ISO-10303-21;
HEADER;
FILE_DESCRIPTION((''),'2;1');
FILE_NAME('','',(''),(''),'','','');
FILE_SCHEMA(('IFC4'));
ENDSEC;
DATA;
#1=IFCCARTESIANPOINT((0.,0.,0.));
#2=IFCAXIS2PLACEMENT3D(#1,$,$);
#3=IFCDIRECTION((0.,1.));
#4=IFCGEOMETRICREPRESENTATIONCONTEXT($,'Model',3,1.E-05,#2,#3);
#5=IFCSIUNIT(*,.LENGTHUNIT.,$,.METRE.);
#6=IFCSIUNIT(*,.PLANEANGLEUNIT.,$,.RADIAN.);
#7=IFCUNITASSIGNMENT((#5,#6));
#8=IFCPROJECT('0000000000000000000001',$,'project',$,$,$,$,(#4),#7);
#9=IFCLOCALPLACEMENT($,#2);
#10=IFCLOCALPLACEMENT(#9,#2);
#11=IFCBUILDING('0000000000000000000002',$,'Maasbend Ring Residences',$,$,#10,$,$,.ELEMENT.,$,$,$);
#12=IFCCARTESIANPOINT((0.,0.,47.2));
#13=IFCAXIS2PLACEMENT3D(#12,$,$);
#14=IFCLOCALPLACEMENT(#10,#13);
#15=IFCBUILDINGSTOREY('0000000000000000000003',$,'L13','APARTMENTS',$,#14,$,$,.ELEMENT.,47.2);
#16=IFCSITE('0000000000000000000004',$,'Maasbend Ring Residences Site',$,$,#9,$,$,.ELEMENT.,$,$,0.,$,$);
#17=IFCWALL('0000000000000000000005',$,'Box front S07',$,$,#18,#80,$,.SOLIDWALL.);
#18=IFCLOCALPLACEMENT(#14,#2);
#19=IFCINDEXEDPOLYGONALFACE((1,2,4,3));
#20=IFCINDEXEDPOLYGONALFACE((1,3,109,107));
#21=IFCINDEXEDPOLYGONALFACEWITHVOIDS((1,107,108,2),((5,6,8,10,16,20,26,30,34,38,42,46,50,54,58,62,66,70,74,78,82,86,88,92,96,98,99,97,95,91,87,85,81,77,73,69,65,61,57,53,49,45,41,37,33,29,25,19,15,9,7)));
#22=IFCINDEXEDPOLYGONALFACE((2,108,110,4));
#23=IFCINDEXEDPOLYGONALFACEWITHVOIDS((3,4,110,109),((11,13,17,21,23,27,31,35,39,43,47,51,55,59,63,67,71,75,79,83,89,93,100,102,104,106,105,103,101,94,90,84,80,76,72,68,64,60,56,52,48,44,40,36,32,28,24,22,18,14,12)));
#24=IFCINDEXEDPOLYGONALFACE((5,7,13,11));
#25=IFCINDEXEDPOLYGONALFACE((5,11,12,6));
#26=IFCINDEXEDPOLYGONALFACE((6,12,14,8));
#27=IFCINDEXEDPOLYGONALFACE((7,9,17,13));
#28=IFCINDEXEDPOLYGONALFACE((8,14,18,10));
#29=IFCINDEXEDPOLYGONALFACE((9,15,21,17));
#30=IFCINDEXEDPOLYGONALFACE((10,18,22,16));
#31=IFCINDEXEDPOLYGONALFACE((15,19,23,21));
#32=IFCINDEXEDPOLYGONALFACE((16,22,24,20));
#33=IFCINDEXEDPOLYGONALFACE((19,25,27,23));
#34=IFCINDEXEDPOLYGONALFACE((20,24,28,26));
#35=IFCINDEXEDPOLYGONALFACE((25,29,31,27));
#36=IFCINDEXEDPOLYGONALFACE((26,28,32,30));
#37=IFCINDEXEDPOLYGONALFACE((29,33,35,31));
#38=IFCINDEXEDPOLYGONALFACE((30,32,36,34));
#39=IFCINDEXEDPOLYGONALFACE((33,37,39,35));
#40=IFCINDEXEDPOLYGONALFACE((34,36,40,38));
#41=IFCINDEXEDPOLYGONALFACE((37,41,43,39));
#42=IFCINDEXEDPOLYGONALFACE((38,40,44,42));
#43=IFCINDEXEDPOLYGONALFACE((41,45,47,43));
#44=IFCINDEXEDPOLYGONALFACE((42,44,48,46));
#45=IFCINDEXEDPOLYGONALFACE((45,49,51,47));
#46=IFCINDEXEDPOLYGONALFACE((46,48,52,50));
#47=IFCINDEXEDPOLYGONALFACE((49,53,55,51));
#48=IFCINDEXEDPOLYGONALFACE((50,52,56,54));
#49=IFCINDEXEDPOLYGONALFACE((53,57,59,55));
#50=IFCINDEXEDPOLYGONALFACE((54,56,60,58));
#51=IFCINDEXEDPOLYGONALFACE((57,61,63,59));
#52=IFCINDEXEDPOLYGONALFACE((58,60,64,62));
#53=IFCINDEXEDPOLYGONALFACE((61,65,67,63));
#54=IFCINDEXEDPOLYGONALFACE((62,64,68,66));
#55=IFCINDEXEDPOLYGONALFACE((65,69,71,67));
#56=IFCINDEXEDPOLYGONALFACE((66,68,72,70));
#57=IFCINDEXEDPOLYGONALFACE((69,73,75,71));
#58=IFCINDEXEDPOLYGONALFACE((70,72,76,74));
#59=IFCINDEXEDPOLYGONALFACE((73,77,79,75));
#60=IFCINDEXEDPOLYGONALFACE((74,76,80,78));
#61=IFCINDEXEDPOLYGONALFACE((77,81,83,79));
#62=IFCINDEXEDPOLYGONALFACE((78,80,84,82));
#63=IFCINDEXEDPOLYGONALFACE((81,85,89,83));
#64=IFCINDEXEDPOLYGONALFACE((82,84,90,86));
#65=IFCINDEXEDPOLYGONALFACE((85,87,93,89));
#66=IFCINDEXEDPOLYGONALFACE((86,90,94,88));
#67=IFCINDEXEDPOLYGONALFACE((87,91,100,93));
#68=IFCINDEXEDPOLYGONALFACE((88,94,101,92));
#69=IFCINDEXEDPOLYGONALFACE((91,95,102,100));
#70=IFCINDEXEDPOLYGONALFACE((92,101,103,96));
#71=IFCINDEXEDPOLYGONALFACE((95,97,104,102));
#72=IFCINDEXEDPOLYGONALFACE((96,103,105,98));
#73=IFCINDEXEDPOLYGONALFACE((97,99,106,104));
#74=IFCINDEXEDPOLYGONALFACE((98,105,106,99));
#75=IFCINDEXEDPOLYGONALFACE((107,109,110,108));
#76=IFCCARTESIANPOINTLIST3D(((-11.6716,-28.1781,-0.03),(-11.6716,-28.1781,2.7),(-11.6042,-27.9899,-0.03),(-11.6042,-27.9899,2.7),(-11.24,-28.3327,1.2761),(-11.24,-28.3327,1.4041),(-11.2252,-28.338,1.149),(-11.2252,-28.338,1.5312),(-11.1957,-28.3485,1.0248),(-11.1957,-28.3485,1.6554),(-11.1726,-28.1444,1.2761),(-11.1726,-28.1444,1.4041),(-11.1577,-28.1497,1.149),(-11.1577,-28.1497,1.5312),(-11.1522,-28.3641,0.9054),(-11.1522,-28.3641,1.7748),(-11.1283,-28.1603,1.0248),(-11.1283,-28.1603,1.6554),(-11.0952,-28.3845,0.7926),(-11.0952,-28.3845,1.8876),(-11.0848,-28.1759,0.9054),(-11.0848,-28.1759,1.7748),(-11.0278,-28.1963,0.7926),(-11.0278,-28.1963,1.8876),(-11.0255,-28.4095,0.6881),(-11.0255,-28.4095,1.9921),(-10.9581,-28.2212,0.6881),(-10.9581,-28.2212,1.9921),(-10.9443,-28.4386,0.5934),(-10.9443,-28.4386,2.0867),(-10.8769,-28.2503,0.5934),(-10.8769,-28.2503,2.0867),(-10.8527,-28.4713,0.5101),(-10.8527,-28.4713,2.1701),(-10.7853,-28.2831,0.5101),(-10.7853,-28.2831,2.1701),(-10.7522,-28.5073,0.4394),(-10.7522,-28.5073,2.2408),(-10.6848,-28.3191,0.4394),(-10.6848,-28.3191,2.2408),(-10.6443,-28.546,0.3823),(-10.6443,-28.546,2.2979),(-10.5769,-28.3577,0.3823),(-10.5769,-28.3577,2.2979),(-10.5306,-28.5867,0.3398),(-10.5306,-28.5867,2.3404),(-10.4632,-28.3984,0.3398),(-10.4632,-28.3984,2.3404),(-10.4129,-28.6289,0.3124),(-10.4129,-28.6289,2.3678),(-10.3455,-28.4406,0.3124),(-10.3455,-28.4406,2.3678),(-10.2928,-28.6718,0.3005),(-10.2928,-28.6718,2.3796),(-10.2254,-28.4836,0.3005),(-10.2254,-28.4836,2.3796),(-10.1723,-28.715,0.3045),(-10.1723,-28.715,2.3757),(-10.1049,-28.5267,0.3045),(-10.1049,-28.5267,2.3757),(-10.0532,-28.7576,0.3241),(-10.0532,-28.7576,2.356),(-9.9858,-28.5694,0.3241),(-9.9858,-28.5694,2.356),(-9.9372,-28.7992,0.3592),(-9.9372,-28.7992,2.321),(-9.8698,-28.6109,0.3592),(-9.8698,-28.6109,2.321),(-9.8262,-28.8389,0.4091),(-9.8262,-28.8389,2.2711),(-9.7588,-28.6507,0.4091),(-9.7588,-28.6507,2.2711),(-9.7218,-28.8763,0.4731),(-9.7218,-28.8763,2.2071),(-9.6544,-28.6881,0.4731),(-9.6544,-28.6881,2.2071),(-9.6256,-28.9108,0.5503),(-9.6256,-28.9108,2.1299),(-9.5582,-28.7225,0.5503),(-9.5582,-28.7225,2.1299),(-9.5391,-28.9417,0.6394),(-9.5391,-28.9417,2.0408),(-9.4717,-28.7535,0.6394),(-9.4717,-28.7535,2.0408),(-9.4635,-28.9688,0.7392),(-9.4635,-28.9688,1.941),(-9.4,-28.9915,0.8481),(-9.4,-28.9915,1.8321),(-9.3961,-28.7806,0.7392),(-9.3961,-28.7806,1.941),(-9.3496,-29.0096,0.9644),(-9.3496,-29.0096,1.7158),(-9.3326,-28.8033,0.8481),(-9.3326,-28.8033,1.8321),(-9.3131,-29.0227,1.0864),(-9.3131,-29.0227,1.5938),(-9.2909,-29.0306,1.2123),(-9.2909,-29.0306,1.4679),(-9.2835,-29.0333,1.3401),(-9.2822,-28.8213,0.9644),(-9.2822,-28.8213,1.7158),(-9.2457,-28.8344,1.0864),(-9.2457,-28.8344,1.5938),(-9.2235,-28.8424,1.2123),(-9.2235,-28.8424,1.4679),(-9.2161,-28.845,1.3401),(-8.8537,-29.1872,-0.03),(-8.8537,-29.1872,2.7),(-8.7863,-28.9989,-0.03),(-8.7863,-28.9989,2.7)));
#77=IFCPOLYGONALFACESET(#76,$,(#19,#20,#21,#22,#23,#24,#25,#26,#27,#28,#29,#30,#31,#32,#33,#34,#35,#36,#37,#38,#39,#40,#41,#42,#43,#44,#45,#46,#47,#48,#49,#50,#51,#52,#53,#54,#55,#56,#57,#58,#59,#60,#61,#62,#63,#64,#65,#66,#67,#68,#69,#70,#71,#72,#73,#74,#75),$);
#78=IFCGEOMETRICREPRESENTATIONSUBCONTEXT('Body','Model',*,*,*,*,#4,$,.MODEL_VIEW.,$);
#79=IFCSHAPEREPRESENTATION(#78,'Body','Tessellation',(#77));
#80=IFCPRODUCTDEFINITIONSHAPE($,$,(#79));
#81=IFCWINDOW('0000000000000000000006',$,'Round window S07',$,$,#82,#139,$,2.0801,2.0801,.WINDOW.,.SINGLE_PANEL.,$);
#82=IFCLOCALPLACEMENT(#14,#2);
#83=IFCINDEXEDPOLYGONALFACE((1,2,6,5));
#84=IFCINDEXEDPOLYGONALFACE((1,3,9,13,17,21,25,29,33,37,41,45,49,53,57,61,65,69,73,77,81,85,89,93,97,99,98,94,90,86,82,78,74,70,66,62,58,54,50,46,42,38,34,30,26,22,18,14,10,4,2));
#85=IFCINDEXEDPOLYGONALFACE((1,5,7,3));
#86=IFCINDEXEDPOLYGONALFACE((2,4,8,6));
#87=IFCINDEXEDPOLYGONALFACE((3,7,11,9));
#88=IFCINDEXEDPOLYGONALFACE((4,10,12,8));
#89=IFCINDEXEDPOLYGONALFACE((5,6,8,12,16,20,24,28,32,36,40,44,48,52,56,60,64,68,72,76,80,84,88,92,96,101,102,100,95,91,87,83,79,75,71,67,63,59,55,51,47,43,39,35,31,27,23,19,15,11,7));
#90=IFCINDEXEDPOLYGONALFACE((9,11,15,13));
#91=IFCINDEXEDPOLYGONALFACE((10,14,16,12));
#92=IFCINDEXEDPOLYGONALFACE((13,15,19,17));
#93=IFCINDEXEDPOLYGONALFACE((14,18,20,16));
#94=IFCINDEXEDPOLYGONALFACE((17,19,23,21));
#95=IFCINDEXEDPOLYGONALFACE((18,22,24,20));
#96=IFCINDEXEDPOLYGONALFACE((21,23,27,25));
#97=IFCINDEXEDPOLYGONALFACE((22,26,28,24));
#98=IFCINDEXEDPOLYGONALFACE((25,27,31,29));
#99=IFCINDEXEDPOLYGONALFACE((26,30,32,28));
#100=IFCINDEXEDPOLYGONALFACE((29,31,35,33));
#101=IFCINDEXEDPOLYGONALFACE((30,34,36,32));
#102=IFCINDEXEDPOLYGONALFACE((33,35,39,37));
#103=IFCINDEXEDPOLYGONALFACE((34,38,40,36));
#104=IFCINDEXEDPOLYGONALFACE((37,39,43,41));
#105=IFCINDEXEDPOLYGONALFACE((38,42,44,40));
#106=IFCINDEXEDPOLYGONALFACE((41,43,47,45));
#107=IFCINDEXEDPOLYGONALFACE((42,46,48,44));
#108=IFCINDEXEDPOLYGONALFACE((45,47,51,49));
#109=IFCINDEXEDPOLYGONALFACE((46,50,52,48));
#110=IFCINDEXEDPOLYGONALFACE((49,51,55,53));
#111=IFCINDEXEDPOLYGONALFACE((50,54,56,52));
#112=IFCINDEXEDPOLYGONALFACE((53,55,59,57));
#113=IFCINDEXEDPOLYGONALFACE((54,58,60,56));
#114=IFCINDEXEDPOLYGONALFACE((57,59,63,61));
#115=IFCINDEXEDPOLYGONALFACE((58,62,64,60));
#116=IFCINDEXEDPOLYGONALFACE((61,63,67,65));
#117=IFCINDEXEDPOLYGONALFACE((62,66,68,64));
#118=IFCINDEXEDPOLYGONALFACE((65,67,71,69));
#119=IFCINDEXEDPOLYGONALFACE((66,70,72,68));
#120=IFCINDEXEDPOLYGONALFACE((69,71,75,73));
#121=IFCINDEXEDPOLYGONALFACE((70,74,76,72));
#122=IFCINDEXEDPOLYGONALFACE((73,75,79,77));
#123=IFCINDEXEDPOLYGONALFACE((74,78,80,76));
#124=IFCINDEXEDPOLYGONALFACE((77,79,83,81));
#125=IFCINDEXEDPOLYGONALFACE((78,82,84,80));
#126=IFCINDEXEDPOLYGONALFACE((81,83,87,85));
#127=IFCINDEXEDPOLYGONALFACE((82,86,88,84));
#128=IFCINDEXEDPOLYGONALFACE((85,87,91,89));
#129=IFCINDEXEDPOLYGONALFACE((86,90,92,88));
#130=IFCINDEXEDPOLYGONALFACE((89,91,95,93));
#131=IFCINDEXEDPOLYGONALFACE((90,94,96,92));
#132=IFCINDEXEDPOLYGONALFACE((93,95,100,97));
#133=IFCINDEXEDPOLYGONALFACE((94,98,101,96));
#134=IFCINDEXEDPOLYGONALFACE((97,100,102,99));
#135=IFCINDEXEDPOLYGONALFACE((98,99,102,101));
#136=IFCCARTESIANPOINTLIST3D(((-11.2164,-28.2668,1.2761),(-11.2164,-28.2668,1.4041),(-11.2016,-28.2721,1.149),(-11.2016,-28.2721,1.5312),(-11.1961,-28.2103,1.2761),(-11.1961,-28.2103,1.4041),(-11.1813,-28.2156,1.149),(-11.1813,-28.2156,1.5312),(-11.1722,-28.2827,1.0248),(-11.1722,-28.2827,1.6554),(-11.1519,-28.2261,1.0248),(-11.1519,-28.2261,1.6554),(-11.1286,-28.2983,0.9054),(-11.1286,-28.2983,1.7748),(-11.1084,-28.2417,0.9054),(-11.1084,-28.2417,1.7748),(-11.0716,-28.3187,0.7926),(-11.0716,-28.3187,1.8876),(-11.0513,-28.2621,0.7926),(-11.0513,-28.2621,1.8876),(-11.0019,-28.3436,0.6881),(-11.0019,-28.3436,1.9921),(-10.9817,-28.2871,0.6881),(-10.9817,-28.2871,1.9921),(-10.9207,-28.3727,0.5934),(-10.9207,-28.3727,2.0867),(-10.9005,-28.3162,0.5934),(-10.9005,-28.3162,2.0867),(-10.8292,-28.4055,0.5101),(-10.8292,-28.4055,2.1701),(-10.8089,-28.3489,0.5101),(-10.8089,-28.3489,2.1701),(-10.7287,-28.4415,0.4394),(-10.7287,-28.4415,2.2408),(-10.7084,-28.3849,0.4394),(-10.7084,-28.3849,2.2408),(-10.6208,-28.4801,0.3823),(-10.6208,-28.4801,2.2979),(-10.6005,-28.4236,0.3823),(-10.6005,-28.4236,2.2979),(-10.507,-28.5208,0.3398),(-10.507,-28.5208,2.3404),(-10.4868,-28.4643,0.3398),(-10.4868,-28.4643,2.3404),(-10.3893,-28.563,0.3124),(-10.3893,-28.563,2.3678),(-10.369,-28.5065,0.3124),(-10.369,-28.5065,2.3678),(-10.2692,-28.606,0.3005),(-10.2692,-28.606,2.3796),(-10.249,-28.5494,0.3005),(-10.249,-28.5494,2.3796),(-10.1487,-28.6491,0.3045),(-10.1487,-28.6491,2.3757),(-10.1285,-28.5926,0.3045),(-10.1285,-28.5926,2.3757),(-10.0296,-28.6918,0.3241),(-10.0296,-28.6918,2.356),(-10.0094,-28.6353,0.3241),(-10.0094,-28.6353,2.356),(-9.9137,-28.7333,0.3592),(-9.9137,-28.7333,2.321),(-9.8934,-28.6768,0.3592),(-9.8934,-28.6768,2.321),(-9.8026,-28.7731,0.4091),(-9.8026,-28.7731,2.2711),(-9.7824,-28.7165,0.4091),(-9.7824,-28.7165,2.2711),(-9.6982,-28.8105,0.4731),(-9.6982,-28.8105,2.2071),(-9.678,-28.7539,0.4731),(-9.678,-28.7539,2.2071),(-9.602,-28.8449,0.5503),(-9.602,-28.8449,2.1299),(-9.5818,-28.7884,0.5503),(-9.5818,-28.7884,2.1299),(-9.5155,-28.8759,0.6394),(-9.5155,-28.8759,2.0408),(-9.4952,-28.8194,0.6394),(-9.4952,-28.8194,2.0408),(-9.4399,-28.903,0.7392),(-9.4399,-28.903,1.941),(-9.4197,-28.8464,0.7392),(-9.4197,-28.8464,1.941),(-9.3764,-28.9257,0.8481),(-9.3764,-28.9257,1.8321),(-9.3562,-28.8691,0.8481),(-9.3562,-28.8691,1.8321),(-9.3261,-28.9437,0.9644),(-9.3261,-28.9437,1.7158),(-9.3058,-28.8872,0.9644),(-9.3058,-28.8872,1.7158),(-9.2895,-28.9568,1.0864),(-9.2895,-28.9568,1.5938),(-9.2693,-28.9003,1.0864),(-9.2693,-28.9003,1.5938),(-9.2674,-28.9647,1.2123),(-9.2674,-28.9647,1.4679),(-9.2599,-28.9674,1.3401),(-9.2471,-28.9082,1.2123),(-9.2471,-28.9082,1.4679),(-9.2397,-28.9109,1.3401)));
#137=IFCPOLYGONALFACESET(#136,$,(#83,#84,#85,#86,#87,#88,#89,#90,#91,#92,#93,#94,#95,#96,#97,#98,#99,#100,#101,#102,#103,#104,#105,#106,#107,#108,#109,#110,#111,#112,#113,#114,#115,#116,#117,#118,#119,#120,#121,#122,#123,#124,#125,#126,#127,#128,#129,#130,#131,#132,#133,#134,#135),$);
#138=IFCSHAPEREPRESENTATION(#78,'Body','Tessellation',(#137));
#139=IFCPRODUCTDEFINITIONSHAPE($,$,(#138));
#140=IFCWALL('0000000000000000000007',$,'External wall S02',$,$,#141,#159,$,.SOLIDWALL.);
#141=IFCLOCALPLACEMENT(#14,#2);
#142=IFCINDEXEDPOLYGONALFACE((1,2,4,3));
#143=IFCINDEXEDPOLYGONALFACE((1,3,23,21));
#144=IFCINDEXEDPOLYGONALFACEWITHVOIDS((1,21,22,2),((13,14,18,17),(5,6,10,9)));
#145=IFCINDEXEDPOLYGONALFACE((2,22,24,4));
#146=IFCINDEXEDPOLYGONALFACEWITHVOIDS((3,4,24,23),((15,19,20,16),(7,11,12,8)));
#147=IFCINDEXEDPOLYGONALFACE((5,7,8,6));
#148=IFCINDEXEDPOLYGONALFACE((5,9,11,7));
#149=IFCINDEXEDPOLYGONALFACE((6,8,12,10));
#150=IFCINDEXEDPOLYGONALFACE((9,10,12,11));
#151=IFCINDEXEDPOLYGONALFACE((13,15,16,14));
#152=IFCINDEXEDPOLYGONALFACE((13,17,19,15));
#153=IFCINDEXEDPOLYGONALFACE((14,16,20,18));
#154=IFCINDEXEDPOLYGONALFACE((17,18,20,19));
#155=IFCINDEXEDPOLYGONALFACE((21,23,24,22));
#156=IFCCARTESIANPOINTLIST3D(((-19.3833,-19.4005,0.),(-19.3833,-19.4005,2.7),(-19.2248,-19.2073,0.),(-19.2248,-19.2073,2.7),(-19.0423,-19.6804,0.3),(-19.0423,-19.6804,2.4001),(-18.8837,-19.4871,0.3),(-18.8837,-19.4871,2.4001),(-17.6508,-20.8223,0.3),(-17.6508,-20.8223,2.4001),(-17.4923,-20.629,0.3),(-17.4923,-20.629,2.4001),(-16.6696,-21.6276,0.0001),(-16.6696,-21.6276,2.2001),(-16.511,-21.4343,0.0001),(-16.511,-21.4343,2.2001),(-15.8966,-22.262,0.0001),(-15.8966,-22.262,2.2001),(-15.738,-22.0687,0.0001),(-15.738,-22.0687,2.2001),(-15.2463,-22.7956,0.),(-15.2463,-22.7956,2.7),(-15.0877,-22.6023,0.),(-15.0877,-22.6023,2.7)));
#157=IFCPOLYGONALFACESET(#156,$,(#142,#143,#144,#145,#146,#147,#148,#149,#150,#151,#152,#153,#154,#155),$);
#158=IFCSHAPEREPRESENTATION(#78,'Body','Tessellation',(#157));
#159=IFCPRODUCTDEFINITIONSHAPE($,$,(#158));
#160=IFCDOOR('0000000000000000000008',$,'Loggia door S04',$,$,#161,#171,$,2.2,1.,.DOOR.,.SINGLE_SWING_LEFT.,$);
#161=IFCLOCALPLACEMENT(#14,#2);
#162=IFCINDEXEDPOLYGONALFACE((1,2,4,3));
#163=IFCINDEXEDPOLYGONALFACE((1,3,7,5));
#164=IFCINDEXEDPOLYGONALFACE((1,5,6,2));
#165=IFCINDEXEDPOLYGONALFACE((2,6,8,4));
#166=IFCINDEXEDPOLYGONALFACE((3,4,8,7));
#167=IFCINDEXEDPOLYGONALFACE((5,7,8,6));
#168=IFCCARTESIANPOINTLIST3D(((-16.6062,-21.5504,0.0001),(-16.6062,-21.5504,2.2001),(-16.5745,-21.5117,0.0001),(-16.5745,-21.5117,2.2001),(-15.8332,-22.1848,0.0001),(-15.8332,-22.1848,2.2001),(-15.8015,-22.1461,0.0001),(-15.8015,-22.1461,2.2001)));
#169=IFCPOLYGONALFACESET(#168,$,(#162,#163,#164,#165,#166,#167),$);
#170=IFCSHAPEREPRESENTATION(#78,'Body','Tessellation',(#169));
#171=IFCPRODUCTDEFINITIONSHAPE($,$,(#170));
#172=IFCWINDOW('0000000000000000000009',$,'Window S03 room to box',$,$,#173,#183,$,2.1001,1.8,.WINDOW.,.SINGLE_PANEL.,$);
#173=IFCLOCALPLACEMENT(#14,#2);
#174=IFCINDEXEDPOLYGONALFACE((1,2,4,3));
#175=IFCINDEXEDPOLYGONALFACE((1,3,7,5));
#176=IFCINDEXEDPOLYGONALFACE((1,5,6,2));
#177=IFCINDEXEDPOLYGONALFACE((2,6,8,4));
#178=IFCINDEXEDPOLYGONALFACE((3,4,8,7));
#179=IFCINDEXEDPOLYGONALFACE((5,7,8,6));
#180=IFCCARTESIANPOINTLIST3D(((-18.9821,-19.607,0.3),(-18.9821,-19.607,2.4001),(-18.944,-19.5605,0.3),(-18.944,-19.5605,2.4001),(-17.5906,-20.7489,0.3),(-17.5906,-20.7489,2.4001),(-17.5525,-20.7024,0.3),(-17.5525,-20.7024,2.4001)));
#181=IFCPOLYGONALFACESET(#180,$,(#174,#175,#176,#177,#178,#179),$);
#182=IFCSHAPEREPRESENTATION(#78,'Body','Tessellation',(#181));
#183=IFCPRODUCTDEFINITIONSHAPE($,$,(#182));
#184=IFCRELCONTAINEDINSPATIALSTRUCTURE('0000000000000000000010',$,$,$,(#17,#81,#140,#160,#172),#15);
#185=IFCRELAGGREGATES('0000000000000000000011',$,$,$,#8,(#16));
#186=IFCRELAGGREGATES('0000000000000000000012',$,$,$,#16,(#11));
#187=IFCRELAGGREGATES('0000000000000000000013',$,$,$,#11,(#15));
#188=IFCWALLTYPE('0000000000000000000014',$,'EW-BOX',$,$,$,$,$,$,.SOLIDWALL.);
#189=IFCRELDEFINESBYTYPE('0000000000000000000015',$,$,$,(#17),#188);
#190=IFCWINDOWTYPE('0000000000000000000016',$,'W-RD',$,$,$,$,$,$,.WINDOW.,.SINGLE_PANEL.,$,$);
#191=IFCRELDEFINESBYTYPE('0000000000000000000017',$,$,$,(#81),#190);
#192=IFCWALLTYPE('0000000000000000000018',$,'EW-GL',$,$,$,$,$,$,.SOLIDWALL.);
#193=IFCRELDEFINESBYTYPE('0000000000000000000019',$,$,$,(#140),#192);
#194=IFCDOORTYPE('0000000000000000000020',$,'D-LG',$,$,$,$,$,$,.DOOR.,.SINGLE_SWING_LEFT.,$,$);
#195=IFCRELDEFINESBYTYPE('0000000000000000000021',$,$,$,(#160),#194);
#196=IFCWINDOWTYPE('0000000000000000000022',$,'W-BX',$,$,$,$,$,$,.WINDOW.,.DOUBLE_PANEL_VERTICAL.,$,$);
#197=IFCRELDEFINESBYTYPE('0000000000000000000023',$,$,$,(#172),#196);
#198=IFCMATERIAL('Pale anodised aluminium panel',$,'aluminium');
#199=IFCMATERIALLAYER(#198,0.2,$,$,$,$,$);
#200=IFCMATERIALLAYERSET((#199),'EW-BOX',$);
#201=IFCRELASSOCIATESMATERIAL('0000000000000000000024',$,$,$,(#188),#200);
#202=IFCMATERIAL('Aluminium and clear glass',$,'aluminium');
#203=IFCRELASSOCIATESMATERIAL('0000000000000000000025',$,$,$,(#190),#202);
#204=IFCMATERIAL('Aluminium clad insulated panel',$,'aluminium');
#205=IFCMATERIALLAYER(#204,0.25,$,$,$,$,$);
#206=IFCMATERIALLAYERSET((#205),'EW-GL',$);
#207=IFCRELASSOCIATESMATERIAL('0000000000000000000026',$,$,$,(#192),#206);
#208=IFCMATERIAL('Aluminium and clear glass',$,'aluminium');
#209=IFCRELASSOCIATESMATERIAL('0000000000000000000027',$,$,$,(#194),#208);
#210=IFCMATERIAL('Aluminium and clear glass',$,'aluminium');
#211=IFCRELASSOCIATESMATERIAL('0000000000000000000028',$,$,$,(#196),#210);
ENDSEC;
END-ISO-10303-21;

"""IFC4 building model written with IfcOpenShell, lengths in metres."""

from ifc_helpers import new_model, si_unit, direction, frame, frame_2d, origin, place, context, subcontext, project, spatial, rectangle, circle, extrude, material, layer, layer_set, type_object, element, fill, save


model = new_model("IFC4")

# Units and contexts
model_context = context("Model", 3, precision=1e-05, world=origin(), true_north=direction((0.0, 1.0)))
body_context = subcontext(model_context, "Body", "Model", "MODEL_VIEW")
ifc_project = project(units=[si_unit("LENGTHUNIT", "METRE"), si_unit("PLANEANGLEUNIT", "RADIAN")], contexts=[model_context])

# Site, building, storey
site_placement = place(None, origin())
site = spatial("IfcSite", under=ifc_project, at=site_placement, Name="Maasbend Ring Residences Site", CompositionType="ELEMENT", RefElevation=0.0)
building_placement = place(site_placement, origin())
building = spatial("IfcBuilding", under=site, at=building_placement, Name="Maasbend Ring Residences", CompositionType="ELEMENT")
storey_placement = place(building_placement, frame((0.0, 0.0, 47.2)))
storey = spatial("IfcBuildingStorey", under=building, at=storey_placement, Name="L13", Description="APARTMENTS", CompositionType="ELEMENT", Elevation=47.2)

# Shared definitions
ifc_material_1 = material(Name="Pale anodised aluminium panel", Category="aluminium")
ifc_layer_1 = layer(ifc_material_1, 0.2)
ifc_layer_set_1 = layer_set([ifc_layer_1], Name="EW-BOX")
wall_type_1 = type_object("IfcWallType", Name="EW-BOX", PredefinedType="SOLIDWALL", material=ifc_layer_set_1)
ifc_material_2 = material(Name="Aluminium and clear glass", Category="aluminium")
window_type_1 = type_object("IfcWindowType", Name="W-RD", PartitioningType="SINGLE_PANEL", PredefinedType="WINDOW", material=ifc_material_2)

# Wall, opening, window
wall_1_placement = place(storey_placement, frame((-11.6379, -28.084, -0.03), z_axis=(0.0, 0.0, 1.0), x_axis=(0.941461, -0.337122, 0.0)))
wall_1 = element("IfcWall", 1, at=wall_1_placement, inside=storey, type_object=wall_type_1, Name="Box front S07", PredefinedType="SOLIDWALL", context=body_context, shape_type="SweptSolid", body=[
    extrude(rectangle(XDim=2.9932, YDim=0.2, at=frame_2d((1.4966, 0.0))), origin(), (0.0, 0.0, 1.0), 2.73),
])
opening_1_placement = place(wall_1_placement, frame((0.4565, 0.0, 0.3301)))
opening_1 = element("IfcOpeningElement", 2, at=opening_1_placement, cuts=wall_1, PredefinedType="OPENING", context=body_context, shape_type="SweptSolid", body=[
    extrude(circle(Radius=1.04, at=frame_2d((1.04, 1.04))), frame((0.0, 0.1099, 0.0), z_axis=(0.0, -1.0, 0.0), x_axis=(1.0, 0.0, 0.0)), (0.0, 0.0, 1.0), 0.22),
])
window_1_placement = place(opening_1_placement, origin())
window_1 = element("IfcWindow", 3, at=window_1_placement, inside=storey, type_object=window_type_1, Name="Round window S07", OverallHeight=2.0801, OverallWidth=2.0801, PartitioningType="SINGLE_PANEL", PredefinedType="WINDOW", context=body_context, shape_type="SweptSolid", body=[
    extrude(circle(Radius=1.04, at=frame_2d((1.04, 1.04))), frame((0.0, 0.03, 0.0), z_axis=(0.0, -1.0, 0.0), x_axis=(1.0, 0.0, 0.0)), (0.0, 0.0, 1.0), 0.0601),
])
fill(opening_1, window_1)

# Wall, openings, door, window
ifc_material_3 = material(Name="Aluminium clad insulated panel", Category="aluminium")
ifc_layer_2 = layer(ifc_material_3, 0.25)
ifc_layer_set_2 = layer_set([ifc_layer_2], Name="EW-GL")
wall_type_2 = type_object("IfcWallType", Name="EW-GL", PredefinedType="SOLIDWALL", material=ifc_layer_set_2)
wall_2_placement = place(storey_placement, frame((-19.304, -19.304, 0.0), z_axis=(0.0, 0.0, 1.0), x_axis=(0.773019, -0.634382, 0.0)))
wall_2 = element("IfcWall", 4, at=wall_2_placement, inside=storey, type_object=wall_type_2, Name="External wall S02", PredefinedType="SOLIDWALL", context=body_context, shape_type="SweptSolid", body=[
    extrude(rectangle(XDim=5.3518, YDim=0.25, at=frame_2d((2.6758, 0.0))), origin(), (0.0, 0.0, 1.0), 2.7),
])
opening_2_placement = place(wall_2_placement, frame((0.4412, 0.0, 0.3)))
opening_2 = element("IfcOpeningElement", 5, at=opening_2_placement, cuts=wall_2, PredefinedType="OPENING", context=body_context, shape_type="SweptSolid", body=[
    extrude(rectangle(XDim=1.8, YDim=2.1001, at=frame_2d((0.8999, 1.05))), frame((0.0, 0.135, 0.0), z_axis=(0.0, -1.0, 0.0), x_axis=(1.0, 0.0, 0.0)), (0.0, 0.0, 1.0), 0.27),
])
opening_3_placement = place(wall_2_placement, frame((3.5105, 0.0, 0.0)))
opening_3 = element("IfcOpeningElement", 6, at=opening_3_placement, cuts=wall_2, PredefinedType="OPENING", context=body_context, shape_type="SweptSolid", body=[
    extrude(rectangle(XDim=1.0, YDim=2.2, at=frame_2d((0.5, 1.1001))), frame((0.0, 0.135, 0.0), z_axis=(0.0, -1.0, 0.0), x_axis=(1.0, 0.0, 0.0)), (0.0, 0.0, 1.0), 0.27),
])
ifc_material_4 = material(Name="Aluminium and clear glass", Category="aluminium")
door_type = type_object("IfcDoorType", Name="D-LG", OperationType="SINGLE_SWING_LEFT", PredefinedType="DOOR", material=ifc_material_4)
door_1_placement = place(opening_3_placement, origin())
door_1 = element("IfcDoor", 7, at=door_1_placement, inside=storey, type_object=door_type, Name="Loggia door S04", OperationType="SINGLE_SWING_LEFT", OverallHeight=2.2, OverallWidth=1.0, PredefinedType="DOOR", context=body_context, shape_type="SweptSolid", body=[
    extrude(rectangle(XDim=1.0, YDim=2.2, at=frame_2d((0.5, 1.1001))), frame((0.0, 0.0249, 0.0), z_axis=(0.0, -1.0, 0.0), x_axis=(1.0, 0.0, 0.0)), (0.0, 0.0, 1.0), 0.05),
])
fill(opening_3, door_1)
ifc_material_5 = material(Name="Aluminium and clear glass", Category="aluminium")
window_type_2 = type_object("IfcWindowType", Name="W-BX", PartitioningType="DOUBLE_PANEL_VERTICAL", PredefinedType="WINDOW", material=ifc_material_5)
window_2_placement = place(opening_2_placement, origin())
window_2 = element("IfcWindow", 8, at=window_2_placement, inside=storey, type_object=window_type_2, Name="Window S03 room to box", OverallHeight=2.1001, OverallWidth=1.8, PartitioningType="SINGLE_PANEL", PredefinedType="WINDOW", context=body_context, shape_type="SweptSolid", body=[
    extrude(rectangle(XDim=1.8, YDim=2.1001, at=frame_2d((0.8999, 1.05))), frame((0.0, 0.03, 0.0), z_axis=(0.0, -1.0, 0.0), x_axis=(1.0, 0.0, 0.0)), (0.0, 0.0, 1.0), 0.0601),
])
fill(opening_2, window_2)

save(model, "model.ifc")
